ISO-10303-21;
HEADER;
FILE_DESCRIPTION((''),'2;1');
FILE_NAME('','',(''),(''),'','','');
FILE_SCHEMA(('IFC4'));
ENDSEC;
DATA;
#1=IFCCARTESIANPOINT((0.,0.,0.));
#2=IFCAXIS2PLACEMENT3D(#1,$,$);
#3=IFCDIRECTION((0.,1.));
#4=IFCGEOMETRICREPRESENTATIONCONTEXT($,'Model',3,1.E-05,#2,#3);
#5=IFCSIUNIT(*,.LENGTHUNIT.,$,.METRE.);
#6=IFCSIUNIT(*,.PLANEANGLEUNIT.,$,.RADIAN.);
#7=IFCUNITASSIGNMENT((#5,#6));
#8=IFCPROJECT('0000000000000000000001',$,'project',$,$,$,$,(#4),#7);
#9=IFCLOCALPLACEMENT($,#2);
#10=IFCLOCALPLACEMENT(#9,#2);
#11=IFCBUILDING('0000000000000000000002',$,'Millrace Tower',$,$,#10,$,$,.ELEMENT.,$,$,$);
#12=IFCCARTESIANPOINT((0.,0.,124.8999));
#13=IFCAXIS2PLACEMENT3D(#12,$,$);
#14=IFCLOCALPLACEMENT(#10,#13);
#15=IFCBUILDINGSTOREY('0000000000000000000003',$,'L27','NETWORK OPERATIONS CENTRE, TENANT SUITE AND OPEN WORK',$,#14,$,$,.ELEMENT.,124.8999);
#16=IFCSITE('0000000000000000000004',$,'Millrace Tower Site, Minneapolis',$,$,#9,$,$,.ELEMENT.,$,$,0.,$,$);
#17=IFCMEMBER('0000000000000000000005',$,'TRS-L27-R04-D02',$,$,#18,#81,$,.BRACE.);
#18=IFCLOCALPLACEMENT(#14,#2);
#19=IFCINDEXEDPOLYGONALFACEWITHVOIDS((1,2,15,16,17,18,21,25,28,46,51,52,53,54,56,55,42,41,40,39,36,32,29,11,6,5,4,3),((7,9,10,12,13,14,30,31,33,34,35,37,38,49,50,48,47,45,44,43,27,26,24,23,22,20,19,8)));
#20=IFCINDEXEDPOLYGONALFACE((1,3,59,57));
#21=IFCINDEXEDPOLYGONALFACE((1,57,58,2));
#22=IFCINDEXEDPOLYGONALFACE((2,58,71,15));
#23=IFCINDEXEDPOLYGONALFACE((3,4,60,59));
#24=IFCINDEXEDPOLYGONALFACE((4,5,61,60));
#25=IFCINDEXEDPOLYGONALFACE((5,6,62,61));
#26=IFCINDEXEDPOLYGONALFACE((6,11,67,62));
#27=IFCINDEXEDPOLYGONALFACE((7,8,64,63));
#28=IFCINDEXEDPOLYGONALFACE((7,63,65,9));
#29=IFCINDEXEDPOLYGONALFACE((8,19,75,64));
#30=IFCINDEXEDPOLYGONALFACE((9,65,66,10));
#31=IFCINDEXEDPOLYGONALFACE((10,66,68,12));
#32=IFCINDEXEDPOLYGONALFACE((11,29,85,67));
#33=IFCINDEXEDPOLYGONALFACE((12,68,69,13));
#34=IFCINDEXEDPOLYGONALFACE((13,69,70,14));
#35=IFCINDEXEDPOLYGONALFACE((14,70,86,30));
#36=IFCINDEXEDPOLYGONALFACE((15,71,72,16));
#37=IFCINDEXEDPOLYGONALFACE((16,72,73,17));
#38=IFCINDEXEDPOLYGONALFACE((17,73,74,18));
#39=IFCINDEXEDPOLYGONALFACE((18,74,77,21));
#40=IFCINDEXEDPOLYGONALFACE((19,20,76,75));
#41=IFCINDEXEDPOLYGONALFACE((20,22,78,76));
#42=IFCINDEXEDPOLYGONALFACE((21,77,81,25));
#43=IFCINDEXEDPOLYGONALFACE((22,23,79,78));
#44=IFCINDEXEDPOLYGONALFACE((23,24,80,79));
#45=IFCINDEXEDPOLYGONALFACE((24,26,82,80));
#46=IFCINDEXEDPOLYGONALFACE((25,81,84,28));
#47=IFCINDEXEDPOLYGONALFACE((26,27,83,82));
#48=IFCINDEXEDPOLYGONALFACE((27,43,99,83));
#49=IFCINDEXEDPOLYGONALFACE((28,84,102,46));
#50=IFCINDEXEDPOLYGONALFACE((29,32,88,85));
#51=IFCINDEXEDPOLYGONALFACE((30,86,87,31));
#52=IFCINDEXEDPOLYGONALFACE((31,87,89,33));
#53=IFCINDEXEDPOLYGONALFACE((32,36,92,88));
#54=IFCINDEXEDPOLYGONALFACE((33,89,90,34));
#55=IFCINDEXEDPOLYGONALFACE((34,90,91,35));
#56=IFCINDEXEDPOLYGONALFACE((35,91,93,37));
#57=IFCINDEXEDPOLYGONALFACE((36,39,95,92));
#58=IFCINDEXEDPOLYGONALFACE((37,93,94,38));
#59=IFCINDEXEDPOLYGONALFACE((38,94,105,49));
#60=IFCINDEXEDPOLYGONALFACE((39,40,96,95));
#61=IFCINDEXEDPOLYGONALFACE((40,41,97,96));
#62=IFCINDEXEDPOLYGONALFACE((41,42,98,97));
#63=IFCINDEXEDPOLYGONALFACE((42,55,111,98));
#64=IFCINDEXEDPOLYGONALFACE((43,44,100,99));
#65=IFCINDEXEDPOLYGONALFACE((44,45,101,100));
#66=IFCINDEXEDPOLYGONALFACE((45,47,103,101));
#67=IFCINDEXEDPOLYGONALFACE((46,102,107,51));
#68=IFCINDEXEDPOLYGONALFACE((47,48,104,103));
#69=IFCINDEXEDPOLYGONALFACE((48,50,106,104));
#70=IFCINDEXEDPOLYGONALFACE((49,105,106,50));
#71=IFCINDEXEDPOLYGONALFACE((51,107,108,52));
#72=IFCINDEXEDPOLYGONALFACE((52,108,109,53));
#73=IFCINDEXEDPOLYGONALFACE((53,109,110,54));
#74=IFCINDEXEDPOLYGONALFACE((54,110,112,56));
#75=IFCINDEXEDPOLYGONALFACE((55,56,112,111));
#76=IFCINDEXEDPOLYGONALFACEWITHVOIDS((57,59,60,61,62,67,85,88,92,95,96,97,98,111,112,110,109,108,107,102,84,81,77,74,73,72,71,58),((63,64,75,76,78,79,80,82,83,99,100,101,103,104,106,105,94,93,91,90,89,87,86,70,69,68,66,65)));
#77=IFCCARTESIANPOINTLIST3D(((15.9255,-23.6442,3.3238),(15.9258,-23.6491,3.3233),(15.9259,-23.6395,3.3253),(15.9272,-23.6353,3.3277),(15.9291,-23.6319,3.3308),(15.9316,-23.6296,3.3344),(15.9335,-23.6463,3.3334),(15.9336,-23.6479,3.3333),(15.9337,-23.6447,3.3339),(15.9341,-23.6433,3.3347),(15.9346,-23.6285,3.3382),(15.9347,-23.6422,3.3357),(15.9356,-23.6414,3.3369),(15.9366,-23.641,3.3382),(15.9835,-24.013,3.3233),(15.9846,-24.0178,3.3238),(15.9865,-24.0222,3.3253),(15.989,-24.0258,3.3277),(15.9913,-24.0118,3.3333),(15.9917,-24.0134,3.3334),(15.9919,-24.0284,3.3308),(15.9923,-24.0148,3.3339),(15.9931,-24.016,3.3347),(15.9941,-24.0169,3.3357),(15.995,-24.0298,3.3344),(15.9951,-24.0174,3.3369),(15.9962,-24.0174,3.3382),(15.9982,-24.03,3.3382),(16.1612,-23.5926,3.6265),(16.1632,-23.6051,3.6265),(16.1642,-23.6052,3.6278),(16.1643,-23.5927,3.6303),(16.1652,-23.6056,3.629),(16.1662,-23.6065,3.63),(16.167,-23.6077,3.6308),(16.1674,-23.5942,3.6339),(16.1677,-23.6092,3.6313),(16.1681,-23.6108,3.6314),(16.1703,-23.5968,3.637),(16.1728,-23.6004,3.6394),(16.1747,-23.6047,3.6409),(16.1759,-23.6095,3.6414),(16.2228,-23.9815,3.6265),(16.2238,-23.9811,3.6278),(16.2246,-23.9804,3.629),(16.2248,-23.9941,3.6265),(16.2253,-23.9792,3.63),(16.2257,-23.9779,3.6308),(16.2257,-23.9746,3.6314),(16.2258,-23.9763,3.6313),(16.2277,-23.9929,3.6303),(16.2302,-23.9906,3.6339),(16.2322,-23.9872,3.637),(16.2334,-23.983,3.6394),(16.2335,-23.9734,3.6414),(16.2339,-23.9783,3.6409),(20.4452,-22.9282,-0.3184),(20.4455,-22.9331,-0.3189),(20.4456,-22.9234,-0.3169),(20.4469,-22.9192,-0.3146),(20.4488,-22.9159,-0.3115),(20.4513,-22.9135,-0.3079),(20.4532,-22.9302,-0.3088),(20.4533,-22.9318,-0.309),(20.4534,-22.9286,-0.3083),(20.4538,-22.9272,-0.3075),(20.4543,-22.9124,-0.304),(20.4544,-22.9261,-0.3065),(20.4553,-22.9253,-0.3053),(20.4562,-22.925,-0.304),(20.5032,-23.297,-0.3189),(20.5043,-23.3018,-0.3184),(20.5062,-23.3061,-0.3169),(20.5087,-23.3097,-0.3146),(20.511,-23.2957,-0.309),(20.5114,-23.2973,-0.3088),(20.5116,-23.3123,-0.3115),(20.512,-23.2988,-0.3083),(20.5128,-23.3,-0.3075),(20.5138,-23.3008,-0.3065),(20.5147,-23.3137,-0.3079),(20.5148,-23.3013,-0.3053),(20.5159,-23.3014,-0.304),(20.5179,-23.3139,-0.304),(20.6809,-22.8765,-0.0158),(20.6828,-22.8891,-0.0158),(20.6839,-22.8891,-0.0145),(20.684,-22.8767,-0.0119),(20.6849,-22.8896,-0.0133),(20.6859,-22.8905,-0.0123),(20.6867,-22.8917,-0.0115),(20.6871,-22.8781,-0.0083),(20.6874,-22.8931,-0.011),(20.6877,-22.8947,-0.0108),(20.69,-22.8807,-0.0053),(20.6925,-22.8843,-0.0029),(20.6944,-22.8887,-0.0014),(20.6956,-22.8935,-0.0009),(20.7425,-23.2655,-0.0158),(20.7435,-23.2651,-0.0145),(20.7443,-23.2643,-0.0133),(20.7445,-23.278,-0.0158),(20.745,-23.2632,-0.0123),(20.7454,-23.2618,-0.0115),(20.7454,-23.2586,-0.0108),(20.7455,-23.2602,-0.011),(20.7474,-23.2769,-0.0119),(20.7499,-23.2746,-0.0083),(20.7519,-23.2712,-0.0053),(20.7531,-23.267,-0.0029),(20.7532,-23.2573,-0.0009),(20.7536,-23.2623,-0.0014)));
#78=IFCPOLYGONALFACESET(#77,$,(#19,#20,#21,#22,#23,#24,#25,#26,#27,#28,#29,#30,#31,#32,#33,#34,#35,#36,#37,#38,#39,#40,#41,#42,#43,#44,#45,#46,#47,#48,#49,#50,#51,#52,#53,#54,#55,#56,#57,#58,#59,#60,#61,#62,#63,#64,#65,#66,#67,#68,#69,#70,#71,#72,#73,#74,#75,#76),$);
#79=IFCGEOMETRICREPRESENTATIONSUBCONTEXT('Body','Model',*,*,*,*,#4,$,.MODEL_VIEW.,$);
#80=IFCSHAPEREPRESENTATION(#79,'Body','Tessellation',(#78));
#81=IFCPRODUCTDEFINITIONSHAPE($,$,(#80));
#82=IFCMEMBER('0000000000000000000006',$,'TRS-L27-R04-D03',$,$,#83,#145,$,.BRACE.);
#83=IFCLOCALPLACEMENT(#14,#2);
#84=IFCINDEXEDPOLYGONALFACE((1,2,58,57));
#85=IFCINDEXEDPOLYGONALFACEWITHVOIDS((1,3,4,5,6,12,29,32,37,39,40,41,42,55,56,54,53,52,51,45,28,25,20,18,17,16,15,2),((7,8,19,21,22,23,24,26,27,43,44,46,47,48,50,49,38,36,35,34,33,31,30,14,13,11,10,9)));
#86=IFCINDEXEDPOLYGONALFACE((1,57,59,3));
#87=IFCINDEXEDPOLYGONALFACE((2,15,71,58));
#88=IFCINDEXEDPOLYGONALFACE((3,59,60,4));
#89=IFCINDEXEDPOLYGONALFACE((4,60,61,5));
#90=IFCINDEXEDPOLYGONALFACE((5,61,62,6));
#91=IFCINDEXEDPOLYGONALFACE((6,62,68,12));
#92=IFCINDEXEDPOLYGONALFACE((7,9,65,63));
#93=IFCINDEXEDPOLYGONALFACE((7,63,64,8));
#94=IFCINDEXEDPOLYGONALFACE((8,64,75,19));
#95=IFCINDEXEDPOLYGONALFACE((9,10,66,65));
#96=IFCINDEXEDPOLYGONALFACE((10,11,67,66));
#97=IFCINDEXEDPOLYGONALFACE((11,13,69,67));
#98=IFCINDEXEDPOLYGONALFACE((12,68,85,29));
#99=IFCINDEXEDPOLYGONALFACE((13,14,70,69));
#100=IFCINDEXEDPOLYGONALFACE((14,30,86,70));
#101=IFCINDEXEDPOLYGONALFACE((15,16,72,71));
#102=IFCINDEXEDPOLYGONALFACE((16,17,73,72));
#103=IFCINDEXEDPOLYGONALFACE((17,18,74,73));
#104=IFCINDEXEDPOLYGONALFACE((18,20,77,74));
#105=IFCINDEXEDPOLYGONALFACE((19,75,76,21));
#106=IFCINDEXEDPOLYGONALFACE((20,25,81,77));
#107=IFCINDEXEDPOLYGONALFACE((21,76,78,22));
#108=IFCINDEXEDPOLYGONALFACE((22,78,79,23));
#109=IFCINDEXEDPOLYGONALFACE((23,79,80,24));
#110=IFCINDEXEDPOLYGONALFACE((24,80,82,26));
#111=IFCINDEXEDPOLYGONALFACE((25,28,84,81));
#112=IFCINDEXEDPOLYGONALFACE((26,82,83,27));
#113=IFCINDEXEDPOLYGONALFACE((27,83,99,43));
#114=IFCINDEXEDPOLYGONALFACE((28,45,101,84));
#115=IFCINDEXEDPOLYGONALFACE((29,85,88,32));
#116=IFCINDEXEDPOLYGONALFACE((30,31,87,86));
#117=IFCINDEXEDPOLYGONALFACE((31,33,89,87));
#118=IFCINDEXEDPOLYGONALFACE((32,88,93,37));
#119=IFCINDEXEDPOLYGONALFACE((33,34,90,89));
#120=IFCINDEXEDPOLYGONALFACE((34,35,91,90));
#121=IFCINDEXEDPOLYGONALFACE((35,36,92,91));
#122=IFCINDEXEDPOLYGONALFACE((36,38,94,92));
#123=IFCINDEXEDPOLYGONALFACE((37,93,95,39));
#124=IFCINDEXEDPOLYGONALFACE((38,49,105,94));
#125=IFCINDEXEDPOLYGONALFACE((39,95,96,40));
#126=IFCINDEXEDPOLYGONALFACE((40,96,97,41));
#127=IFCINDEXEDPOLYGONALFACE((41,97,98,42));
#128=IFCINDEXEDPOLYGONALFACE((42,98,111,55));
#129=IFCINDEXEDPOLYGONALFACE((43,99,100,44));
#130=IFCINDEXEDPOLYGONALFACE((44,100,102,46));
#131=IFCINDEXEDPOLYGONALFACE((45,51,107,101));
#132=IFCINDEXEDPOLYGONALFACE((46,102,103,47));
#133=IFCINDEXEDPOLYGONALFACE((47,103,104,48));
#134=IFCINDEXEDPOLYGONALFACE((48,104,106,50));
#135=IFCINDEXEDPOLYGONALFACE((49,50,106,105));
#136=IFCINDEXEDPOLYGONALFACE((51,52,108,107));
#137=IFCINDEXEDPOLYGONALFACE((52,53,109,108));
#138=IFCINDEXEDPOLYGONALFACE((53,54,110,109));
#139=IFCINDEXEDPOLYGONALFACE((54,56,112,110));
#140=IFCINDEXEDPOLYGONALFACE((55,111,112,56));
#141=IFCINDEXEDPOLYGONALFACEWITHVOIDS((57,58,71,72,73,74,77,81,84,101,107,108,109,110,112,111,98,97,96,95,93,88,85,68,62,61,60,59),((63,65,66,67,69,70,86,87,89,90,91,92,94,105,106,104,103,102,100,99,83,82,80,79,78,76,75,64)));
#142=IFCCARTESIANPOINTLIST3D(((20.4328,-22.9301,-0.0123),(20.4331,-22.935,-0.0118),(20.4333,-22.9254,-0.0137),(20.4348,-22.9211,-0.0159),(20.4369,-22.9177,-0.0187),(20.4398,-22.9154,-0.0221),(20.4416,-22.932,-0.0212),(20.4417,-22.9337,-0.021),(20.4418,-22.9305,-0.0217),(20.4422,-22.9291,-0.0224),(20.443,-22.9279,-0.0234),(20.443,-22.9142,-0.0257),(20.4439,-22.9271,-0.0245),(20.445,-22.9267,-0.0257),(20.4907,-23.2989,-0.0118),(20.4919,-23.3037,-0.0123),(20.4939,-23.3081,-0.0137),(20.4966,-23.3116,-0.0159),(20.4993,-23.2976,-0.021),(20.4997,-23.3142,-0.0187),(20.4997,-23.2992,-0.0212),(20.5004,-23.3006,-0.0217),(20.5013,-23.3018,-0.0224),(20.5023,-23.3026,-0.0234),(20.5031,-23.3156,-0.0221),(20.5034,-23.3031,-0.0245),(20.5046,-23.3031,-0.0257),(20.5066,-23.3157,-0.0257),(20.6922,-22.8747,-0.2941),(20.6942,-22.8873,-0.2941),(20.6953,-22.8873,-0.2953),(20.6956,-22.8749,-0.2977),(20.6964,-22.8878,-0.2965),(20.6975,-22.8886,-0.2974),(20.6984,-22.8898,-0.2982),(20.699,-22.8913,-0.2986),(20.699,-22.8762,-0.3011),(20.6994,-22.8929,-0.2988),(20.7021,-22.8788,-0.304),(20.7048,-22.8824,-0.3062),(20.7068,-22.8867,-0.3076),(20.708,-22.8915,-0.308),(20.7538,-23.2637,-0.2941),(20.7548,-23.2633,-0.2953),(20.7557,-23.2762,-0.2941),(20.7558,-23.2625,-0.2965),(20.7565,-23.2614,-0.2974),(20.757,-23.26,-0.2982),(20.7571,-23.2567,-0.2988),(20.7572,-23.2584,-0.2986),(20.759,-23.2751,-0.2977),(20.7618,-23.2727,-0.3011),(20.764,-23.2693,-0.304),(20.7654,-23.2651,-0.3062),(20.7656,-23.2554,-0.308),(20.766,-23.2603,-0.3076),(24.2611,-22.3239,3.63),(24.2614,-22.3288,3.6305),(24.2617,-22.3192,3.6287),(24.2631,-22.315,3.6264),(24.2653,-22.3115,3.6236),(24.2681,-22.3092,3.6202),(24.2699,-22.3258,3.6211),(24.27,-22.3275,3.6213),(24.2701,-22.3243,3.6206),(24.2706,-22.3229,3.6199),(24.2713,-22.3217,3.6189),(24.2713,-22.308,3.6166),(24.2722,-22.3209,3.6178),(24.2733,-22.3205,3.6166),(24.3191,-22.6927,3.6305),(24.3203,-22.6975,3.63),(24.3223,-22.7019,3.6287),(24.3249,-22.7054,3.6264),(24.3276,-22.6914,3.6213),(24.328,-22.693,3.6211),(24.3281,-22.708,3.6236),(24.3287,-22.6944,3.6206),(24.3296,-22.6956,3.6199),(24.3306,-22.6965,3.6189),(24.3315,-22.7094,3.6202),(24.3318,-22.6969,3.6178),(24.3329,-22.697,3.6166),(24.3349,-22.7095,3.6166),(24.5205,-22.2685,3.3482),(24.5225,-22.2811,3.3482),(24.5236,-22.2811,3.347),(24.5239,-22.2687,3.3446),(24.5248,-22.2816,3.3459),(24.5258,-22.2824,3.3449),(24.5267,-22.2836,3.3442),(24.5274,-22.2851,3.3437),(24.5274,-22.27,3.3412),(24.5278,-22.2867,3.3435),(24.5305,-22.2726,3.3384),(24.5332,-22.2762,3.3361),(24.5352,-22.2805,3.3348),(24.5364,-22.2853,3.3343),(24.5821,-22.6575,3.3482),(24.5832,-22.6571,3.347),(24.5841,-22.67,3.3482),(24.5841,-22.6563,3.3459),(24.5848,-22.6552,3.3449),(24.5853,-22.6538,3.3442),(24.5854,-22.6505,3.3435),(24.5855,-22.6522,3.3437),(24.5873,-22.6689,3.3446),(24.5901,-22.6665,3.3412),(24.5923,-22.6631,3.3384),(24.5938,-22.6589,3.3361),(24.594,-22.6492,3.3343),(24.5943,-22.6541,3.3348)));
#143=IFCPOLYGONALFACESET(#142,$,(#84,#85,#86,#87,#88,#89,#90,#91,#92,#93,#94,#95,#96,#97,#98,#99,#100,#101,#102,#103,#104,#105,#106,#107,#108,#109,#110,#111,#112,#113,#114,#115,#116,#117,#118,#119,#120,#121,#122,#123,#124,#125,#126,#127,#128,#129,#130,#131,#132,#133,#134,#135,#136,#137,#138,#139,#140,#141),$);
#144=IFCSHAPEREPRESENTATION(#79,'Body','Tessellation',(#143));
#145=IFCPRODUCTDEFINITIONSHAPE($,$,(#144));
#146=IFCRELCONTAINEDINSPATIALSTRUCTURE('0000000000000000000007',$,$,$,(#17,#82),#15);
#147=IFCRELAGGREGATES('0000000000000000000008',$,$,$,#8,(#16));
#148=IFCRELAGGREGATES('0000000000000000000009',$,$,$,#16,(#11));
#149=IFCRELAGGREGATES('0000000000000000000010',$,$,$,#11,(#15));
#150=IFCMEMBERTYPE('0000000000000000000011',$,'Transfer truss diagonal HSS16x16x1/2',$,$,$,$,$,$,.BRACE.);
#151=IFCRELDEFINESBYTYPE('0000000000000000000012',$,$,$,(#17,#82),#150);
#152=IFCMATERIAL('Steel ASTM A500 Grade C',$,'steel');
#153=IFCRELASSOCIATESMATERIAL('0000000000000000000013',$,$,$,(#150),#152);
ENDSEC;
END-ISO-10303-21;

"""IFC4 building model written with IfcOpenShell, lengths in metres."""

from ifc_helpers import new_model, si_unit, direction, frame, origin, origin_2d, place, context, subcontext, project, spatial, hollow_rectangle, extrude, material, material_profile, profile_set, type_object, element, save


model = new_model("IFC4")

# Units and contexts
model_context = context("Model", 3, precision=1e-05, world=origin(), true_north=direction((0.0, 1.0)))
body_context = subcontext(model_context, "Body", "Model", "MODEL_VIEW")
ifc_project = project(units=[si_unit("LENGTHUNIT", "METRE"), si_unit("PLANEANGLEUNIT", "RADIAN")], contexts=[model_context])

# Site, building, storey
site_placement = place(None, origin())
site = spatial("IfcSite", under=ifc_project, at=site_placement, Name="Millrace Tower Site, Minneapolis", CompositionType="ELEMENT", RefElevation=0.0)
building_placement = place(site_placement, origin())
building = spatial("IfcBuilding", under=site, at=building_placement, Name="Millrace Tower", CompositionType="ELEMENT")
storey_placement = place(building_placement, frame((0.0, 0.0, 124.8999)))
storey = spatial("IfcBuildingStorey", under=building, at=storey_placement, Name="L27", Description="NETWORK OPERATIONS CENTRE, TENANT SUITE AND OPEN WORK", CompositionType="ELEMENT", Elevation=124.8999)

# Members
ifc_material_1 = material(Name="Steel ASTM A500 Grade C", Category="steel")
ifc_material_profile_1 = material_profile(ifc_material_1, hollow_rectangle(XDim=0.4065, YDim=0.4065, WallThickness=0.0127, InnerFilletRadius=0.0063, OuterFilletRadius=0.019, at=origin_2d()))
ifc_profile_set_1 = profile_set([ifc_material_profile_1], Name="Steel ASTM A500 Grade C")
member_type_1 = type_object("IfcMemberType", Name="Transfer truss diagonal HSS16x16x1/2", PredefinedType="BRACE", material=ifc_profile_set_1)
member_1_placement = place(storey_placement, frame((20.5994, -23.0952, -0.1599), z_axis=(-0.772778, -0.122431, 0.622756), x_axis=(0.156478, -0.987682, 0.0)))
element("IfcMember", 1, at=member_1_placement, inside=storey, type_object=member_type_1, Name="TRS-L27-R04-D02", PredefinedType="BRACE", context=body_context, shape_type="SweptSolid", body=[
    extrude(hollow_rectangle(XDim=0.4065, YDim=0.4065, WallThickness=0.0127, InnerFilletRadius=0.0063, OuterFilletRadius=0.019, at=origin_2d()), origin(), (0.0, 0.0, 1.0), 5.8486),
])
member_2_placement = place(storey_placement, frame((20.5994, -23.0952, -0.1599), z_axis=(0.71977, 0.113972, 0.684793), x_axis=(-0.156396, 0.987694, 0.0)))
element("IfcMember", 2, at=member_2_placement, inside=storey, type_object=member_type_1, Name="TRS-L27-R04-D03", PredefinedType="BRACE", context=body_context, shape_type="SweptSolid", body=[
    extrude(hollow_rectangle(XDim=0.4065, YDim=0.4065, WallThickness=0.0127, InnerFilletRadius=0.0063, OuterFilletRadius=0.019, at=origin_2d()), origin(), (0.0, 0.0, 1.0), 5.3188),
])

save(model, "model.ifc")
